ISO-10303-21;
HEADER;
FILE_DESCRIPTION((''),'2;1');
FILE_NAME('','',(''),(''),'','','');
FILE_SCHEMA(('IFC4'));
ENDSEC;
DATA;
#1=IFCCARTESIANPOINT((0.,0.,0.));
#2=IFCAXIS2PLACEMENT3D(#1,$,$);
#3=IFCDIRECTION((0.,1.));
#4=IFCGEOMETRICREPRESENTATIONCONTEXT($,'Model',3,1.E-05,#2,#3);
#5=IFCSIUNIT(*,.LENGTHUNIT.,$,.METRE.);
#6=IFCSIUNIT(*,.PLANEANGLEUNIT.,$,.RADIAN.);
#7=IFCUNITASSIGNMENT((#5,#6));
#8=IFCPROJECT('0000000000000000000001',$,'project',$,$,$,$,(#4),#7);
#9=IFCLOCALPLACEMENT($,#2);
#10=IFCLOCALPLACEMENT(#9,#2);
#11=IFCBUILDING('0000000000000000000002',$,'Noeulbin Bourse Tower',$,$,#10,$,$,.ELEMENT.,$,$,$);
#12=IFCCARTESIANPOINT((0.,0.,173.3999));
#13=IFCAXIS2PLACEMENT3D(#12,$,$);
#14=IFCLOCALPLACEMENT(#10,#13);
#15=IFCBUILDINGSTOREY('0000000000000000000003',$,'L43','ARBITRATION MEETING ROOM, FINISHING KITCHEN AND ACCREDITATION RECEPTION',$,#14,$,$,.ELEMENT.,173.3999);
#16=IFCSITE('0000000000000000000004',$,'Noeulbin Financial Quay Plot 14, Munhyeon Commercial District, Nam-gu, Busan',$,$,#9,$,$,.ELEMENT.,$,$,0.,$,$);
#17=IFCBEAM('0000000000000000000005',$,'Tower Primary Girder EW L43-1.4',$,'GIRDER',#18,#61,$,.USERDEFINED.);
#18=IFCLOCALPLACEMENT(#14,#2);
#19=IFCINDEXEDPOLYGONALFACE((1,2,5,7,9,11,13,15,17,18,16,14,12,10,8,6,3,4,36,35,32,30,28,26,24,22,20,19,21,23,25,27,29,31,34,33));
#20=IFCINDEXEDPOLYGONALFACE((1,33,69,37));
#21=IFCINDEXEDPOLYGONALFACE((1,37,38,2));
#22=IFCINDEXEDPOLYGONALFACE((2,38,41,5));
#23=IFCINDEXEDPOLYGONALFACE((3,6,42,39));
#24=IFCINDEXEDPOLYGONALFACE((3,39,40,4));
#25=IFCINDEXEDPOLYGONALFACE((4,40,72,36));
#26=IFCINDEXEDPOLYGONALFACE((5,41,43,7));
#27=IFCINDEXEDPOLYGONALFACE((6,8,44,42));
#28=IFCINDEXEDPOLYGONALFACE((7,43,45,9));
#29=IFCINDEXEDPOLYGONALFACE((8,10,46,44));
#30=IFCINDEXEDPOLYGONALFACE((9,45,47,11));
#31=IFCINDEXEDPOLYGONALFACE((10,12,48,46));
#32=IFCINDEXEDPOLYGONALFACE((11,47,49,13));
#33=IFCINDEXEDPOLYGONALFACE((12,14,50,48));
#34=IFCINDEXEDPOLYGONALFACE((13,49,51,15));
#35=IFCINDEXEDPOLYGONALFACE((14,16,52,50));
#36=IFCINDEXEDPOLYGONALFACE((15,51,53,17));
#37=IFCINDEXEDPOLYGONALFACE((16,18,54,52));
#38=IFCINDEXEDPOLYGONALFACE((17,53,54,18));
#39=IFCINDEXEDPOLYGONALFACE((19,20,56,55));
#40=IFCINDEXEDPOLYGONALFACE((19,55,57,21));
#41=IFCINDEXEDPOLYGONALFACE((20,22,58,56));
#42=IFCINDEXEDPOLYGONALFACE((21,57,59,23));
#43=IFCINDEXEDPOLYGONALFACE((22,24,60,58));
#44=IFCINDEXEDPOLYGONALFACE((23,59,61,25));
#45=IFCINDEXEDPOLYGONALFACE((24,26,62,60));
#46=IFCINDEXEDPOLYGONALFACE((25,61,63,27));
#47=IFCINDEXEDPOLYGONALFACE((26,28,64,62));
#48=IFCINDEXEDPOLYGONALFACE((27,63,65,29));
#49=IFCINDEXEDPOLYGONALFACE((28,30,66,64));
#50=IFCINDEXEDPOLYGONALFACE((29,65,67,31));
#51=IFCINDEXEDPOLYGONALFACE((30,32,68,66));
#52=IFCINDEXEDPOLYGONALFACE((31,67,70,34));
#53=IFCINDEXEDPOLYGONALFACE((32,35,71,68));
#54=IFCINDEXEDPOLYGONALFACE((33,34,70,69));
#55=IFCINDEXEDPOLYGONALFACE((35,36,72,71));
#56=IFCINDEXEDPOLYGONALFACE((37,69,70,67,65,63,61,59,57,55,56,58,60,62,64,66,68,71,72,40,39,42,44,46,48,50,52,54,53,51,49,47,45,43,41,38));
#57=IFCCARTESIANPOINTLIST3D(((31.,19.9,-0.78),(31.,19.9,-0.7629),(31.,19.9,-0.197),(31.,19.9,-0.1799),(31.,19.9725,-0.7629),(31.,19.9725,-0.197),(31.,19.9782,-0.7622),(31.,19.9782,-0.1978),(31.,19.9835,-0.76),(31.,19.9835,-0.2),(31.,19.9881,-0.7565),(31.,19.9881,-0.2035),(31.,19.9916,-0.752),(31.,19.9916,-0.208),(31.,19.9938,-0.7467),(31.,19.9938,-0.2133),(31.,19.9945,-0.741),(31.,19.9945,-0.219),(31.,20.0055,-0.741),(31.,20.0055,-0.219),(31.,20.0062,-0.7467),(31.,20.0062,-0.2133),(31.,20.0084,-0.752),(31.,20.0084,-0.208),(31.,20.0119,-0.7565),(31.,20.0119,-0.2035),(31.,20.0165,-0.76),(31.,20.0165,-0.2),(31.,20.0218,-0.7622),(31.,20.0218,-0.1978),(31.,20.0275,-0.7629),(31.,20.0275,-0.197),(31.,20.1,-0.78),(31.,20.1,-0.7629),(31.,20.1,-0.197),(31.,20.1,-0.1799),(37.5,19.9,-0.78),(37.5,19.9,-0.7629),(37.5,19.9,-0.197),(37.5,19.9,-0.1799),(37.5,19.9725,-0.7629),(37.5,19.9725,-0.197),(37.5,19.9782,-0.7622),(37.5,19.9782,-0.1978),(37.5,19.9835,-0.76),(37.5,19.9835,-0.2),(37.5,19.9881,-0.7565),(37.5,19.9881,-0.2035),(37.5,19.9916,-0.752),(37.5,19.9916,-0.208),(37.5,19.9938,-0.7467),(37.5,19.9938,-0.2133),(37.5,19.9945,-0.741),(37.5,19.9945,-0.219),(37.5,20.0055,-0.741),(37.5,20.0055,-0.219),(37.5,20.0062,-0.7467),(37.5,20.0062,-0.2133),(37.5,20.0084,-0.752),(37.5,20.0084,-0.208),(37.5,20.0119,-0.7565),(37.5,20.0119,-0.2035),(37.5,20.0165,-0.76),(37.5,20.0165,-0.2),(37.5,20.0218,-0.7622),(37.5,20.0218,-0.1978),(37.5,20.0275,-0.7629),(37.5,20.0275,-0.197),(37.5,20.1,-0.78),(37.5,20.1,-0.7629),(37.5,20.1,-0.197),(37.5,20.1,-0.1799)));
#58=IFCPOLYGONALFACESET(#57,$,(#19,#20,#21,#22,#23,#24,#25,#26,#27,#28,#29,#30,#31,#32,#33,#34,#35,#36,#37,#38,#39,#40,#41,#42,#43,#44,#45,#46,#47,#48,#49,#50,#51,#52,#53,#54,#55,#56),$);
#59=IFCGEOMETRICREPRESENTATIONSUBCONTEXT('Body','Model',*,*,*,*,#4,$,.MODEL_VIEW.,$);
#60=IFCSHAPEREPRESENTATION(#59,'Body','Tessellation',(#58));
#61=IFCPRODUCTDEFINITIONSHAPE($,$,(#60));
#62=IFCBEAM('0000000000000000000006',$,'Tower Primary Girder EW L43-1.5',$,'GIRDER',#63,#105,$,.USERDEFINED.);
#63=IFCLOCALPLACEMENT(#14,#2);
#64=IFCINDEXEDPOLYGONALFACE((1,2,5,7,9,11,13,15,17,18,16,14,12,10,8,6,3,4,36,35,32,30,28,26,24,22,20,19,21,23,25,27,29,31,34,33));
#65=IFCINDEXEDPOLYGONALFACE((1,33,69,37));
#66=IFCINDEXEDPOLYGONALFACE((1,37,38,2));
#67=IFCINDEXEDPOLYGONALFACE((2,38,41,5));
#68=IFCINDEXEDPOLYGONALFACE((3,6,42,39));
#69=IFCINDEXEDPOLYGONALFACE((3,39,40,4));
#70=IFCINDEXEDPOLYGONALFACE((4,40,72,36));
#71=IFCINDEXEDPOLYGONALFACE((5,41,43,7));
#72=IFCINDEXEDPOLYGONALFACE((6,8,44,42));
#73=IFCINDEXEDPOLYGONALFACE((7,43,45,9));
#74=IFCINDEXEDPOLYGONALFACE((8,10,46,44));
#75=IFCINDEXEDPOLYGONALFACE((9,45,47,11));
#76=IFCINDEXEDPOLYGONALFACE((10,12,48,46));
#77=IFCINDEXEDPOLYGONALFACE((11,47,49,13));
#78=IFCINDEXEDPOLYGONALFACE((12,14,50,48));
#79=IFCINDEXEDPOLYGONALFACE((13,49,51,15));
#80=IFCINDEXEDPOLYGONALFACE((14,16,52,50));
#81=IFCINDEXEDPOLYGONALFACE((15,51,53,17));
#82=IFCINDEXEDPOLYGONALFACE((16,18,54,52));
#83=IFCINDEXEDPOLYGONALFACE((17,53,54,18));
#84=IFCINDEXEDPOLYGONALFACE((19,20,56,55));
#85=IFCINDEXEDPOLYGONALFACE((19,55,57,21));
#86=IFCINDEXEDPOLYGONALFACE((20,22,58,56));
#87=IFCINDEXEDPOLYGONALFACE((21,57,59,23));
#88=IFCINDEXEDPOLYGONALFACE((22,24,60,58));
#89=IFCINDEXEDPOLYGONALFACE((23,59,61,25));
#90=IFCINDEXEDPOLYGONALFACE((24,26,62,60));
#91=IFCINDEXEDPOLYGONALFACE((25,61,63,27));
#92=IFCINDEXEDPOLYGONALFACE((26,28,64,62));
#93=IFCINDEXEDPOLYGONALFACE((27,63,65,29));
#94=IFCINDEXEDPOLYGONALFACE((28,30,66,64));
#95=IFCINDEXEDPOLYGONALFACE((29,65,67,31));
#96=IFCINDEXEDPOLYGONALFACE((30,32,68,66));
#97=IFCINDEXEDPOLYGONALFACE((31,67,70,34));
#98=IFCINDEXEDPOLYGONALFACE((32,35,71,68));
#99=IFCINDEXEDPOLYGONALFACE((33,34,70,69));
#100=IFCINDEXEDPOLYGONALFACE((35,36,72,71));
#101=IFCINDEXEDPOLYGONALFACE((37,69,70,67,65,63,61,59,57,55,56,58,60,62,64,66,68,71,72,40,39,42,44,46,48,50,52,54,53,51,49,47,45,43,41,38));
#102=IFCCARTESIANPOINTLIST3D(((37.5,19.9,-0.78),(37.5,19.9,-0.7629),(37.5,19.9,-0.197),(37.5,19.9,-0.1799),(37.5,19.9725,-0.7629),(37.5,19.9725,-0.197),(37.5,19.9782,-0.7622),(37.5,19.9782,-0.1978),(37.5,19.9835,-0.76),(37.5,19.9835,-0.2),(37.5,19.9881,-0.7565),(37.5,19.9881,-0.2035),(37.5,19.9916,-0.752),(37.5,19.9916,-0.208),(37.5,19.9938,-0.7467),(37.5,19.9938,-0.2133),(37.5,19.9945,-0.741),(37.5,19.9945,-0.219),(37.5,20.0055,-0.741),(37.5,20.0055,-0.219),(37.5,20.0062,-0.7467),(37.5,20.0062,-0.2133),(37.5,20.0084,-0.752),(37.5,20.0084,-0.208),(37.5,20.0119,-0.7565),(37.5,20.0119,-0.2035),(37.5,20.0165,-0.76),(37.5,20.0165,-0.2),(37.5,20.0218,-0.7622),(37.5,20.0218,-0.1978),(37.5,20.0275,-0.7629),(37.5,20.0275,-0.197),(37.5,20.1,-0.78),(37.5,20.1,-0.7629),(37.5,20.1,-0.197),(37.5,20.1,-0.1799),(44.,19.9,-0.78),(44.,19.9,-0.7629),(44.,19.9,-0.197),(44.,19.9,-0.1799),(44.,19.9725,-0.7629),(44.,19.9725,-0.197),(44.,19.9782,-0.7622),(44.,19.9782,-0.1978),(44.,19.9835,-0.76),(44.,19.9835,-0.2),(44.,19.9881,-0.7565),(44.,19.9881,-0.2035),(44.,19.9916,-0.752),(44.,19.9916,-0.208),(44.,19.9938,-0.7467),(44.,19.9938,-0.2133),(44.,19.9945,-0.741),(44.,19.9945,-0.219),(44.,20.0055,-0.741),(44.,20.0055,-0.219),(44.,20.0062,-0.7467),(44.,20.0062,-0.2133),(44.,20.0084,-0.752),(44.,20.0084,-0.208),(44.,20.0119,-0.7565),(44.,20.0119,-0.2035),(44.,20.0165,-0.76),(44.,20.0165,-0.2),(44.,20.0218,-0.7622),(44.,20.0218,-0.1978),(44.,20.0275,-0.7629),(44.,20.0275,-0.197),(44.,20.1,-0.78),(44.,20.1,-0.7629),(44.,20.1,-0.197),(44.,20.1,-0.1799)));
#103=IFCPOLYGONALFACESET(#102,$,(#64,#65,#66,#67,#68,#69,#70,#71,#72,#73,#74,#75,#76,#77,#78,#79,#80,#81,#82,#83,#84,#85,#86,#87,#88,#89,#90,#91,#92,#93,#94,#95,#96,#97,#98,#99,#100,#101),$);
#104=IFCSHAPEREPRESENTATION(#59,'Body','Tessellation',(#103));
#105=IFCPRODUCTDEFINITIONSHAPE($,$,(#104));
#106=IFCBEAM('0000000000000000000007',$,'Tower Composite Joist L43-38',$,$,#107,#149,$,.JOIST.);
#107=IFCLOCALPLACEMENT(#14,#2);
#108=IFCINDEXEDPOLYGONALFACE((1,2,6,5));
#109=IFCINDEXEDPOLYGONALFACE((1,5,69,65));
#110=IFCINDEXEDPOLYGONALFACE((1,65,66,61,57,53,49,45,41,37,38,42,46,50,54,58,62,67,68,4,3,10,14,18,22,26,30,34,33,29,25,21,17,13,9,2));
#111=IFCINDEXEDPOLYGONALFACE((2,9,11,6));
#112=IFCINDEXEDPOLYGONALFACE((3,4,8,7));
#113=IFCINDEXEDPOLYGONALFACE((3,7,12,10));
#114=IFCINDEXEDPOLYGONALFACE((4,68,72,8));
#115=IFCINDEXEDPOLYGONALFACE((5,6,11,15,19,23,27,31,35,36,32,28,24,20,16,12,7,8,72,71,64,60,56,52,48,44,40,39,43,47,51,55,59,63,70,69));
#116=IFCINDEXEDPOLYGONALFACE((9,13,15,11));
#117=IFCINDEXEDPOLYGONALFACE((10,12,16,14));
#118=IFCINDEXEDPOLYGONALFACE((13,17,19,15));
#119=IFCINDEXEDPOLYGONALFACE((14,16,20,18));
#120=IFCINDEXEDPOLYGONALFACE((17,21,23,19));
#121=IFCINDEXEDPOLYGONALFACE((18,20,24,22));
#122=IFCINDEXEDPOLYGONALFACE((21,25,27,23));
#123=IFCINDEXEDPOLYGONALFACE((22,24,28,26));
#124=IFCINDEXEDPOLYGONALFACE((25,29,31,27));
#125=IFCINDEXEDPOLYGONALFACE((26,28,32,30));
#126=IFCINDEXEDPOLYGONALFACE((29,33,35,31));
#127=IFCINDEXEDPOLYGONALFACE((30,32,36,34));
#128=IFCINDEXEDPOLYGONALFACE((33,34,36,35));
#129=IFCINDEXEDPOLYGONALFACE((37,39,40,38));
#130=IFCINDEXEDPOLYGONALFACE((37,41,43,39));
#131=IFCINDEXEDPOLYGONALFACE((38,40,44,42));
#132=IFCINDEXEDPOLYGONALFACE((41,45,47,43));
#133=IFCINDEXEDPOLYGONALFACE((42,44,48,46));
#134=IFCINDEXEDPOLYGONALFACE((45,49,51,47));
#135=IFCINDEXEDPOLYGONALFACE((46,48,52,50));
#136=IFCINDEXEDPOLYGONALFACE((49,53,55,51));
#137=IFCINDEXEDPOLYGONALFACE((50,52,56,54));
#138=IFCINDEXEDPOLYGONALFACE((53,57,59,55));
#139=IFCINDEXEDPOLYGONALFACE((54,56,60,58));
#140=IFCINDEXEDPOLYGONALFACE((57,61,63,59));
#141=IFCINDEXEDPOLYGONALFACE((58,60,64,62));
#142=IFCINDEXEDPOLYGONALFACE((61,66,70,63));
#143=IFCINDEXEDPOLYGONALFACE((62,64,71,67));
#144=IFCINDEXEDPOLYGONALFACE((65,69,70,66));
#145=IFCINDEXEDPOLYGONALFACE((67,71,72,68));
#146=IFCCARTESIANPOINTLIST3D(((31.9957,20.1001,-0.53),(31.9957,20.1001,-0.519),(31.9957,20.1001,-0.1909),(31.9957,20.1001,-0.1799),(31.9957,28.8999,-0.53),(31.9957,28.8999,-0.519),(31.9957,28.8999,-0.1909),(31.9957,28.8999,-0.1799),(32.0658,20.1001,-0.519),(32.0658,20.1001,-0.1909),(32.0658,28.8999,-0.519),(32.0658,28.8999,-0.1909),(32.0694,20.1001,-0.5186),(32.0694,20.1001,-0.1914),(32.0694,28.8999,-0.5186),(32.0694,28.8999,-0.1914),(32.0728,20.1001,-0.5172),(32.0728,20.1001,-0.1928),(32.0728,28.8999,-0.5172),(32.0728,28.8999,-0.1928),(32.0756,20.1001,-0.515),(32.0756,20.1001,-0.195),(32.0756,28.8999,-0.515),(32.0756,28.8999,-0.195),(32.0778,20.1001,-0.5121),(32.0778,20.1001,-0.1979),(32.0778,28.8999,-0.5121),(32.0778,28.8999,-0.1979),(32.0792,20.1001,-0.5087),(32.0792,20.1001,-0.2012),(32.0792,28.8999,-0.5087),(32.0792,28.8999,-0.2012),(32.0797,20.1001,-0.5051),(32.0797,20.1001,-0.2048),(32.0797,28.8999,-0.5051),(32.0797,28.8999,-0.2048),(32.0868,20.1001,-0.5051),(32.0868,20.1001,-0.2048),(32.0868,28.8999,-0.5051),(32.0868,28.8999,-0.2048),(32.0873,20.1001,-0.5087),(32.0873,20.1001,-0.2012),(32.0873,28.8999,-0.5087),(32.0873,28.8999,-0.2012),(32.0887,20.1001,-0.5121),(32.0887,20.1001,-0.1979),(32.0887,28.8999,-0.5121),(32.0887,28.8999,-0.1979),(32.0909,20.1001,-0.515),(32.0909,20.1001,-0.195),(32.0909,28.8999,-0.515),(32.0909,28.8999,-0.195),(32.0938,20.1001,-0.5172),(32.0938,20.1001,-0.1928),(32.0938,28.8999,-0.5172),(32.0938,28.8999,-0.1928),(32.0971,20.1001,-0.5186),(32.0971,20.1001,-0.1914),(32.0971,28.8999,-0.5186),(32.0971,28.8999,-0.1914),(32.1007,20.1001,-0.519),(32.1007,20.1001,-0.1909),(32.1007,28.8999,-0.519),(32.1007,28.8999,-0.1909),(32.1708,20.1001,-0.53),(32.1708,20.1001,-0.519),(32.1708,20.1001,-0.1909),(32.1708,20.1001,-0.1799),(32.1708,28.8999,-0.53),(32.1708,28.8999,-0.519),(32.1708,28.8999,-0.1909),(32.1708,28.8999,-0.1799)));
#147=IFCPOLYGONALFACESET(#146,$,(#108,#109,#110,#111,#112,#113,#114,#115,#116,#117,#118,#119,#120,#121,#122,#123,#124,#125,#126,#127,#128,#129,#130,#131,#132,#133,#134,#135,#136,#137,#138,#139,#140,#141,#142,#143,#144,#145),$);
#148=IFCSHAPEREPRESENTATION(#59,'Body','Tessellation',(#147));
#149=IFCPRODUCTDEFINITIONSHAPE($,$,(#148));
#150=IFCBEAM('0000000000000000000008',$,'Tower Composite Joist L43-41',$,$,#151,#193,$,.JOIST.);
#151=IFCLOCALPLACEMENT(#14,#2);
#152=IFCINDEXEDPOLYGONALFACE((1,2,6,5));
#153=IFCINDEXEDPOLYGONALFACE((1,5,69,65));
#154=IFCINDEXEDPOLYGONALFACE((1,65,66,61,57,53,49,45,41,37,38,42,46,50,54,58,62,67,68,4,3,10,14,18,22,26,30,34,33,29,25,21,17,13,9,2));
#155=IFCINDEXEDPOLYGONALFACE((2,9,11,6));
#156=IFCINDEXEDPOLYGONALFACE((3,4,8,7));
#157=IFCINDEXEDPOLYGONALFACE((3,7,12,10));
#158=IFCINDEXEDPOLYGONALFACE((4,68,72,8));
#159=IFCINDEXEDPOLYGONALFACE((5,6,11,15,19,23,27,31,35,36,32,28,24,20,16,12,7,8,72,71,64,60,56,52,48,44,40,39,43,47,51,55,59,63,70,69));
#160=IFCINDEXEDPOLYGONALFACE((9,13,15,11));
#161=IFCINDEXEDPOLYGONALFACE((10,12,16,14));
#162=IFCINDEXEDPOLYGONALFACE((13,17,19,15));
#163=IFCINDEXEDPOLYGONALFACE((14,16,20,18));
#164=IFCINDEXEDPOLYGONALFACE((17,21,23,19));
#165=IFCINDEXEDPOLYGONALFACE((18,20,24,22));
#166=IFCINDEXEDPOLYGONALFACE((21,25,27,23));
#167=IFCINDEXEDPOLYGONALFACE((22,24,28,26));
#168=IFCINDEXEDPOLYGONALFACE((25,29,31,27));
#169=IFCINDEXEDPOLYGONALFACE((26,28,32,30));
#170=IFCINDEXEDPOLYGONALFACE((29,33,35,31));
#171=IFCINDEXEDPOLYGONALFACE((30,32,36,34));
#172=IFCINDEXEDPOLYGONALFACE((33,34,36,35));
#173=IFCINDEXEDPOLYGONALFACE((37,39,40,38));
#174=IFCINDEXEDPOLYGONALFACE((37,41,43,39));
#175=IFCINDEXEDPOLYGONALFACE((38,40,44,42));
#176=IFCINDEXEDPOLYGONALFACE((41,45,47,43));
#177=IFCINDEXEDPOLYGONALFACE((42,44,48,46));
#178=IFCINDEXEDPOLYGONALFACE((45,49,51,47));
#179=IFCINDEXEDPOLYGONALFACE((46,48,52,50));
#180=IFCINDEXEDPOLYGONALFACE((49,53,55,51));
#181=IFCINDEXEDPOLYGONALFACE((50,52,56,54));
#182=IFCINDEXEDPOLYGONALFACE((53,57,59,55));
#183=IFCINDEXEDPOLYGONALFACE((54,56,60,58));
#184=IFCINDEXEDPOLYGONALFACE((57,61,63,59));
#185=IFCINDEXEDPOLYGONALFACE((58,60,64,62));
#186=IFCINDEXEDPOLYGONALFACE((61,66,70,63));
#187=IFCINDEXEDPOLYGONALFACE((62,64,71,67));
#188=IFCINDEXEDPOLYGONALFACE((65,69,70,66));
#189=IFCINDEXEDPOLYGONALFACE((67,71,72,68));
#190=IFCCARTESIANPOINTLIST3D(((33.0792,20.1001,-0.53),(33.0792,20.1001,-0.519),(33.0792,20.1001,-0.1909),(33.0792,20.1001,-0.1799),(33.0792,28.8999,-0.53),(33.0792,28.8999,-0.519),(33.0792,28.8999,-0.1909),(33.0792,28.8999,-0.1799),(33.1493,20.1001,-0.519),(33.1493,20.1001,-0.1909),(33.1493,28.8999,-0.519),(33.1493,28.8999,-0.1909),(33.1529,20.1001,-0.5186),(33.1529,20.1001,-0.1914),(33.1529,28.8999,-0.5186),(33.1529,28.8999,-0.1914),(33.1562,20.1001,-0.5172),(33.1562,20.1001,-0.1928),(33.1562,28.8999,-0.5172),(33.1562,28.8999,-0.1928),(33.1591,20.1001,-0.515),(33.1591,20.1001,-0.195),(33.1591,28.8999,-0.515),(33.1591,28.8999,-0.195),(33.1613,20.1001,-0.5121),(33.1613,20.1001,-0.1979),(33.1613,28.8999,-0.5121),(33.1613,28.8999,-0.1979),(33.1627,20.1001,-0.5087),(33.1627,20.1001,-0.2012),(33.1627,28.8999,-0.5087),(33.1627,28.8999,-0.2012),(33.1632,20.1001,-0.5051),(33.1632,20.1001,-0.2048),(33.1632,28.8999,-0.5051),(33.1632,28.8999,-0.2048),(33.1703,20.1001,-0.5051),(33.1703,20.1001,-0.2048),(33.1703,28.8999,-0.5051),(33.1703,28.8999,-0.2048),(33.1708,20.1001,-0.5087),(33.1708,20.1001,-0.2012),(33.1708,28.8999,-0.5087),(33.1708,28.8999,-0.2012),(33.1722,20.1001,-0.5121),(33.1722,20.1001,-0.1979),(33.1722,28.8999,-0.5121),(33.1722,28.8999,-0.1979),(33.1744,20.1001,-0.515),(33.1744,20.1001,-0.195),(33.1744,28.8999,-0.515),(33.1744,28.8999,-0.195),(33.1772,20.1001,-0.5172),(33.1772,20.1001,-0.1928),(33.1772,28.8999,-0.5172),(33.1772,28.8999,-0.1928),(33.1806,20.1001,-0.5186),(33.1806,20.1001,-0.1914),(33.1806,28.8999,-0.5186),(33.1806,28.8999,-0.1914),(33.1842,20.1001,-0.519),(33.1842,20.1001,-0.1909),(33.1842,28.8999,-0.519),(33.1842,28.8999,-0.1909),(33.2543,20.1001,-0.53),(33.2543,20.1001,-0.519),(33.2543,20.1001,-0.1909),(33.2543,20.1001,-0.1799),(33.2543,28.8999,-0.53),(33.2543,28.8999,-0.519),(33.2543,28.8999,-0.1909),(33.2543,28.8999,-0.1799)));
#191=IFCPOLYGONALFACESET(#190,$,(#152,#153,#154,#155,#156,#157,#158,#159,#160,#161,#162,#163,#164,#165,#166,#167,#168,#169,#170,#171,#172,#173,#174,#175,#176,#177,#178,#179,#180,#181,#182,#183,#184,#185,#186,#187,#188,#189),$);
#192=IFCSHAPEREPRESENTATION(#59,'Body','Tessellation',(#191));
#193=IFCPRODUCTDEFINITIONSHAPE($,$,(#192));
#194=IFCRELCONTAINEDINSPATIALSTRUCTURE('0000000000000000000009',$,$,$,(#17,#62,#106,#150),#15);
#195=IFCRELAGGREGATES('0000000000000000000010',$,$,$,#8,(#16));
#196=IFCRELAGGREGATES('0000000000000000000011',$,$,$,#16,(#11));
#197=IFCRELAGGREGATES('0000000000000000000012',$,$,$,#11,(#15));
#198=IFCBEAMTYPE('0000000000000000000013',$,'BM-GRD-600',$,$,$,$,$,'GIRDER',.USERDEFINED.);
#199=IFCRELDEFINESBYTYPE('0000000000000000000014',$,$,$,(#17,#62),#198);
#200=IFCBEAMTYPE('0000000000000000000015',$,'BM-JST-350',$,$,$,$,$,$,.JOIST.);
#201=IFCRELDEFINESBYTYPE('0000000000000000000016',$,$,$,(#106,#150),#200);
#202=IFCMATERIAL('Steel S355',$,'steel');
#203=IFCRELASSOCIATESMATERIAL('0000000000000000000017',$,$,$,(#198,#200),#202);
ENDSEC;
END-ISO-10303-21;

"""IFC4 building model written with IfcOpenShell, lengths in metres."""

from ifc_helpers import new_model, si_unit, direction, frame, origin, origin_2d, place, context, subcontext, project, spatial, i_section, extrude, material, material_profile, profile_set, type_object, element, save


model = new_model("IFC4")

# Units and contexts
model_context = context("Model", 3, precision=1e-05, world=origin(), true_north=direction((0.0, 1.0)))
body_context = subcontext(model_context, "Body", "Model", "MODEL_VIEW")
ifc_project = project(units=[si_unit("LENGTHUNIT", "METRE"), si_unit("PLANEANGLEUNIT", "RADIAN")], contexts=[model_context])

# Site, building, storey
site_placement = place(None, origin())
site = spatial("IfcSite", under=ifc_project, at=site_placement, Name="Noeulbin Financial Quay Plot 14, Munhyeon Commercial District, Nam-gu, Busan", CompositionType="ELEMENT", RefElevation=0.0)
building_placement = place(site_placement, origin())
building = spatial("IfcBuilding", under=site, at=building_placement, Name="Noeulbin Bourse Tower", CompositionType="ELEMENT")
storey_placement = place(building_placement, frame((0.0, 0.0, 173.3999)))
storey = spatial("IfcBuildingStorey", under=building, at=storey_placement, Name="L43", Description="ARBITRATION MEETING ROOM, FINISHING KITCHEN AND ACCREDITATION RECEPTION", CompositionType="ELEMENT", Elevation=173.3999)

# Beams
ifc_material_1 = material(Name="Steel S355", Category="steel")
ifc_material_profile_1 = material_profile(ifc_material_1, i_section(OverallWidth=0.2, OverallDepth=0.6001, WebThickness=0.011, FlangeThickness=0.0171, FilletRadius=0.022, at=origin_2d()), Name="H-600x200x11x17", Category="LoadBearing")
ifc_profile_set_1 = profile_set([ifc_material_profile_1], Name="Steel S355")
beam_type_1 = type_object("IfcBeamType", Name="BM-GRD-600", ElementType="GIRDER", PredefinedType="USERDEFINED", material=ifc_profile_set_1)
for number, where, z_axis, x_axis, name in (
    (1, (31.0, 20.0, -0.48), (1.0, 0.0, 0.0), (0.0, 1.0, 0.0), "Tower Primary Girder EW L43-1.4"),
    (2, (37.5, 20.0, -0.48), (1.0, 0.0, 0.0), (0.0, 1.0, 0.0), "Tower Primary Girder EW L43-1.5"),
):
    element("IfcBeam", number, at=place(storey_placement, frame(where, z_axis=z_axis, x_axis=x_axis)), inside=storey, type_object=beam_type_1, Name=name, ObjectType="GIRDER", PredefinedType="USERDEFINED", context=body_context, shape_type="SweptSolid", body=[
        extrude(i_section(OverallWidth=0.2, OverallDepth=0.6001, WebThickness=0.011, FlangeThickness=0.0171, FilletRadius=0.022, at=origin_2d()), origin(), (0.0, 0.0, 1.0), 6.5),
    ])
ifc_material_profile_2 = material_profile(ifc_material_1, i_section(OverallWidth=0.175, OverallDepth=0.3501, WebThickness=0.0071, FlangeThickness=0.011, FilletRadius=0.0139, at=origin_2d()), Name="H-350x175x7x11", Category="LoadBearing")
ifc_profile_set_2 = profile_set([ifc_material_profile_2], Name="Steel S355")
beam_type_2 = type_object("IfcBeamType", Name="BM-JST-350", PredefinedType="JOIST", material=ifc_profile_set_2)
for number, where, z_axis, x_axis, name in (
    (3, (32.0833, 20.1001, -0.355), (0.0, 1.0, 0.0), (-1.0, 0.0, 0.0), "Tower Composite Joist L43-38"),
    (4, (33.1667, 20.1001, -0.355), (0.0, 1.0, 0.0), (-1.0, 0.0, 0.0), "Tower Composite Joist L43-41"),
):
    element("IfcBeam", number, at=place(storey_placement, frame(where, z_axis=z_axis, x_axis=x_axis)), inside=storey, type_object=beam_type_2, Name=name, PredefinedType="JOIST", context=body_context, shape_type="SweptSolid", body=[
        extrude(i_section(OverallWidth=0.175, OverallDepth=0.3501, WebThickness=0.0071, FlangeThickness=0.011, FilletRadius=0.0139, at=origin_2d()), origin(), (0.0, 0.0, 1.0), 8.7998),
    ])

save(model, "model.ifc")
